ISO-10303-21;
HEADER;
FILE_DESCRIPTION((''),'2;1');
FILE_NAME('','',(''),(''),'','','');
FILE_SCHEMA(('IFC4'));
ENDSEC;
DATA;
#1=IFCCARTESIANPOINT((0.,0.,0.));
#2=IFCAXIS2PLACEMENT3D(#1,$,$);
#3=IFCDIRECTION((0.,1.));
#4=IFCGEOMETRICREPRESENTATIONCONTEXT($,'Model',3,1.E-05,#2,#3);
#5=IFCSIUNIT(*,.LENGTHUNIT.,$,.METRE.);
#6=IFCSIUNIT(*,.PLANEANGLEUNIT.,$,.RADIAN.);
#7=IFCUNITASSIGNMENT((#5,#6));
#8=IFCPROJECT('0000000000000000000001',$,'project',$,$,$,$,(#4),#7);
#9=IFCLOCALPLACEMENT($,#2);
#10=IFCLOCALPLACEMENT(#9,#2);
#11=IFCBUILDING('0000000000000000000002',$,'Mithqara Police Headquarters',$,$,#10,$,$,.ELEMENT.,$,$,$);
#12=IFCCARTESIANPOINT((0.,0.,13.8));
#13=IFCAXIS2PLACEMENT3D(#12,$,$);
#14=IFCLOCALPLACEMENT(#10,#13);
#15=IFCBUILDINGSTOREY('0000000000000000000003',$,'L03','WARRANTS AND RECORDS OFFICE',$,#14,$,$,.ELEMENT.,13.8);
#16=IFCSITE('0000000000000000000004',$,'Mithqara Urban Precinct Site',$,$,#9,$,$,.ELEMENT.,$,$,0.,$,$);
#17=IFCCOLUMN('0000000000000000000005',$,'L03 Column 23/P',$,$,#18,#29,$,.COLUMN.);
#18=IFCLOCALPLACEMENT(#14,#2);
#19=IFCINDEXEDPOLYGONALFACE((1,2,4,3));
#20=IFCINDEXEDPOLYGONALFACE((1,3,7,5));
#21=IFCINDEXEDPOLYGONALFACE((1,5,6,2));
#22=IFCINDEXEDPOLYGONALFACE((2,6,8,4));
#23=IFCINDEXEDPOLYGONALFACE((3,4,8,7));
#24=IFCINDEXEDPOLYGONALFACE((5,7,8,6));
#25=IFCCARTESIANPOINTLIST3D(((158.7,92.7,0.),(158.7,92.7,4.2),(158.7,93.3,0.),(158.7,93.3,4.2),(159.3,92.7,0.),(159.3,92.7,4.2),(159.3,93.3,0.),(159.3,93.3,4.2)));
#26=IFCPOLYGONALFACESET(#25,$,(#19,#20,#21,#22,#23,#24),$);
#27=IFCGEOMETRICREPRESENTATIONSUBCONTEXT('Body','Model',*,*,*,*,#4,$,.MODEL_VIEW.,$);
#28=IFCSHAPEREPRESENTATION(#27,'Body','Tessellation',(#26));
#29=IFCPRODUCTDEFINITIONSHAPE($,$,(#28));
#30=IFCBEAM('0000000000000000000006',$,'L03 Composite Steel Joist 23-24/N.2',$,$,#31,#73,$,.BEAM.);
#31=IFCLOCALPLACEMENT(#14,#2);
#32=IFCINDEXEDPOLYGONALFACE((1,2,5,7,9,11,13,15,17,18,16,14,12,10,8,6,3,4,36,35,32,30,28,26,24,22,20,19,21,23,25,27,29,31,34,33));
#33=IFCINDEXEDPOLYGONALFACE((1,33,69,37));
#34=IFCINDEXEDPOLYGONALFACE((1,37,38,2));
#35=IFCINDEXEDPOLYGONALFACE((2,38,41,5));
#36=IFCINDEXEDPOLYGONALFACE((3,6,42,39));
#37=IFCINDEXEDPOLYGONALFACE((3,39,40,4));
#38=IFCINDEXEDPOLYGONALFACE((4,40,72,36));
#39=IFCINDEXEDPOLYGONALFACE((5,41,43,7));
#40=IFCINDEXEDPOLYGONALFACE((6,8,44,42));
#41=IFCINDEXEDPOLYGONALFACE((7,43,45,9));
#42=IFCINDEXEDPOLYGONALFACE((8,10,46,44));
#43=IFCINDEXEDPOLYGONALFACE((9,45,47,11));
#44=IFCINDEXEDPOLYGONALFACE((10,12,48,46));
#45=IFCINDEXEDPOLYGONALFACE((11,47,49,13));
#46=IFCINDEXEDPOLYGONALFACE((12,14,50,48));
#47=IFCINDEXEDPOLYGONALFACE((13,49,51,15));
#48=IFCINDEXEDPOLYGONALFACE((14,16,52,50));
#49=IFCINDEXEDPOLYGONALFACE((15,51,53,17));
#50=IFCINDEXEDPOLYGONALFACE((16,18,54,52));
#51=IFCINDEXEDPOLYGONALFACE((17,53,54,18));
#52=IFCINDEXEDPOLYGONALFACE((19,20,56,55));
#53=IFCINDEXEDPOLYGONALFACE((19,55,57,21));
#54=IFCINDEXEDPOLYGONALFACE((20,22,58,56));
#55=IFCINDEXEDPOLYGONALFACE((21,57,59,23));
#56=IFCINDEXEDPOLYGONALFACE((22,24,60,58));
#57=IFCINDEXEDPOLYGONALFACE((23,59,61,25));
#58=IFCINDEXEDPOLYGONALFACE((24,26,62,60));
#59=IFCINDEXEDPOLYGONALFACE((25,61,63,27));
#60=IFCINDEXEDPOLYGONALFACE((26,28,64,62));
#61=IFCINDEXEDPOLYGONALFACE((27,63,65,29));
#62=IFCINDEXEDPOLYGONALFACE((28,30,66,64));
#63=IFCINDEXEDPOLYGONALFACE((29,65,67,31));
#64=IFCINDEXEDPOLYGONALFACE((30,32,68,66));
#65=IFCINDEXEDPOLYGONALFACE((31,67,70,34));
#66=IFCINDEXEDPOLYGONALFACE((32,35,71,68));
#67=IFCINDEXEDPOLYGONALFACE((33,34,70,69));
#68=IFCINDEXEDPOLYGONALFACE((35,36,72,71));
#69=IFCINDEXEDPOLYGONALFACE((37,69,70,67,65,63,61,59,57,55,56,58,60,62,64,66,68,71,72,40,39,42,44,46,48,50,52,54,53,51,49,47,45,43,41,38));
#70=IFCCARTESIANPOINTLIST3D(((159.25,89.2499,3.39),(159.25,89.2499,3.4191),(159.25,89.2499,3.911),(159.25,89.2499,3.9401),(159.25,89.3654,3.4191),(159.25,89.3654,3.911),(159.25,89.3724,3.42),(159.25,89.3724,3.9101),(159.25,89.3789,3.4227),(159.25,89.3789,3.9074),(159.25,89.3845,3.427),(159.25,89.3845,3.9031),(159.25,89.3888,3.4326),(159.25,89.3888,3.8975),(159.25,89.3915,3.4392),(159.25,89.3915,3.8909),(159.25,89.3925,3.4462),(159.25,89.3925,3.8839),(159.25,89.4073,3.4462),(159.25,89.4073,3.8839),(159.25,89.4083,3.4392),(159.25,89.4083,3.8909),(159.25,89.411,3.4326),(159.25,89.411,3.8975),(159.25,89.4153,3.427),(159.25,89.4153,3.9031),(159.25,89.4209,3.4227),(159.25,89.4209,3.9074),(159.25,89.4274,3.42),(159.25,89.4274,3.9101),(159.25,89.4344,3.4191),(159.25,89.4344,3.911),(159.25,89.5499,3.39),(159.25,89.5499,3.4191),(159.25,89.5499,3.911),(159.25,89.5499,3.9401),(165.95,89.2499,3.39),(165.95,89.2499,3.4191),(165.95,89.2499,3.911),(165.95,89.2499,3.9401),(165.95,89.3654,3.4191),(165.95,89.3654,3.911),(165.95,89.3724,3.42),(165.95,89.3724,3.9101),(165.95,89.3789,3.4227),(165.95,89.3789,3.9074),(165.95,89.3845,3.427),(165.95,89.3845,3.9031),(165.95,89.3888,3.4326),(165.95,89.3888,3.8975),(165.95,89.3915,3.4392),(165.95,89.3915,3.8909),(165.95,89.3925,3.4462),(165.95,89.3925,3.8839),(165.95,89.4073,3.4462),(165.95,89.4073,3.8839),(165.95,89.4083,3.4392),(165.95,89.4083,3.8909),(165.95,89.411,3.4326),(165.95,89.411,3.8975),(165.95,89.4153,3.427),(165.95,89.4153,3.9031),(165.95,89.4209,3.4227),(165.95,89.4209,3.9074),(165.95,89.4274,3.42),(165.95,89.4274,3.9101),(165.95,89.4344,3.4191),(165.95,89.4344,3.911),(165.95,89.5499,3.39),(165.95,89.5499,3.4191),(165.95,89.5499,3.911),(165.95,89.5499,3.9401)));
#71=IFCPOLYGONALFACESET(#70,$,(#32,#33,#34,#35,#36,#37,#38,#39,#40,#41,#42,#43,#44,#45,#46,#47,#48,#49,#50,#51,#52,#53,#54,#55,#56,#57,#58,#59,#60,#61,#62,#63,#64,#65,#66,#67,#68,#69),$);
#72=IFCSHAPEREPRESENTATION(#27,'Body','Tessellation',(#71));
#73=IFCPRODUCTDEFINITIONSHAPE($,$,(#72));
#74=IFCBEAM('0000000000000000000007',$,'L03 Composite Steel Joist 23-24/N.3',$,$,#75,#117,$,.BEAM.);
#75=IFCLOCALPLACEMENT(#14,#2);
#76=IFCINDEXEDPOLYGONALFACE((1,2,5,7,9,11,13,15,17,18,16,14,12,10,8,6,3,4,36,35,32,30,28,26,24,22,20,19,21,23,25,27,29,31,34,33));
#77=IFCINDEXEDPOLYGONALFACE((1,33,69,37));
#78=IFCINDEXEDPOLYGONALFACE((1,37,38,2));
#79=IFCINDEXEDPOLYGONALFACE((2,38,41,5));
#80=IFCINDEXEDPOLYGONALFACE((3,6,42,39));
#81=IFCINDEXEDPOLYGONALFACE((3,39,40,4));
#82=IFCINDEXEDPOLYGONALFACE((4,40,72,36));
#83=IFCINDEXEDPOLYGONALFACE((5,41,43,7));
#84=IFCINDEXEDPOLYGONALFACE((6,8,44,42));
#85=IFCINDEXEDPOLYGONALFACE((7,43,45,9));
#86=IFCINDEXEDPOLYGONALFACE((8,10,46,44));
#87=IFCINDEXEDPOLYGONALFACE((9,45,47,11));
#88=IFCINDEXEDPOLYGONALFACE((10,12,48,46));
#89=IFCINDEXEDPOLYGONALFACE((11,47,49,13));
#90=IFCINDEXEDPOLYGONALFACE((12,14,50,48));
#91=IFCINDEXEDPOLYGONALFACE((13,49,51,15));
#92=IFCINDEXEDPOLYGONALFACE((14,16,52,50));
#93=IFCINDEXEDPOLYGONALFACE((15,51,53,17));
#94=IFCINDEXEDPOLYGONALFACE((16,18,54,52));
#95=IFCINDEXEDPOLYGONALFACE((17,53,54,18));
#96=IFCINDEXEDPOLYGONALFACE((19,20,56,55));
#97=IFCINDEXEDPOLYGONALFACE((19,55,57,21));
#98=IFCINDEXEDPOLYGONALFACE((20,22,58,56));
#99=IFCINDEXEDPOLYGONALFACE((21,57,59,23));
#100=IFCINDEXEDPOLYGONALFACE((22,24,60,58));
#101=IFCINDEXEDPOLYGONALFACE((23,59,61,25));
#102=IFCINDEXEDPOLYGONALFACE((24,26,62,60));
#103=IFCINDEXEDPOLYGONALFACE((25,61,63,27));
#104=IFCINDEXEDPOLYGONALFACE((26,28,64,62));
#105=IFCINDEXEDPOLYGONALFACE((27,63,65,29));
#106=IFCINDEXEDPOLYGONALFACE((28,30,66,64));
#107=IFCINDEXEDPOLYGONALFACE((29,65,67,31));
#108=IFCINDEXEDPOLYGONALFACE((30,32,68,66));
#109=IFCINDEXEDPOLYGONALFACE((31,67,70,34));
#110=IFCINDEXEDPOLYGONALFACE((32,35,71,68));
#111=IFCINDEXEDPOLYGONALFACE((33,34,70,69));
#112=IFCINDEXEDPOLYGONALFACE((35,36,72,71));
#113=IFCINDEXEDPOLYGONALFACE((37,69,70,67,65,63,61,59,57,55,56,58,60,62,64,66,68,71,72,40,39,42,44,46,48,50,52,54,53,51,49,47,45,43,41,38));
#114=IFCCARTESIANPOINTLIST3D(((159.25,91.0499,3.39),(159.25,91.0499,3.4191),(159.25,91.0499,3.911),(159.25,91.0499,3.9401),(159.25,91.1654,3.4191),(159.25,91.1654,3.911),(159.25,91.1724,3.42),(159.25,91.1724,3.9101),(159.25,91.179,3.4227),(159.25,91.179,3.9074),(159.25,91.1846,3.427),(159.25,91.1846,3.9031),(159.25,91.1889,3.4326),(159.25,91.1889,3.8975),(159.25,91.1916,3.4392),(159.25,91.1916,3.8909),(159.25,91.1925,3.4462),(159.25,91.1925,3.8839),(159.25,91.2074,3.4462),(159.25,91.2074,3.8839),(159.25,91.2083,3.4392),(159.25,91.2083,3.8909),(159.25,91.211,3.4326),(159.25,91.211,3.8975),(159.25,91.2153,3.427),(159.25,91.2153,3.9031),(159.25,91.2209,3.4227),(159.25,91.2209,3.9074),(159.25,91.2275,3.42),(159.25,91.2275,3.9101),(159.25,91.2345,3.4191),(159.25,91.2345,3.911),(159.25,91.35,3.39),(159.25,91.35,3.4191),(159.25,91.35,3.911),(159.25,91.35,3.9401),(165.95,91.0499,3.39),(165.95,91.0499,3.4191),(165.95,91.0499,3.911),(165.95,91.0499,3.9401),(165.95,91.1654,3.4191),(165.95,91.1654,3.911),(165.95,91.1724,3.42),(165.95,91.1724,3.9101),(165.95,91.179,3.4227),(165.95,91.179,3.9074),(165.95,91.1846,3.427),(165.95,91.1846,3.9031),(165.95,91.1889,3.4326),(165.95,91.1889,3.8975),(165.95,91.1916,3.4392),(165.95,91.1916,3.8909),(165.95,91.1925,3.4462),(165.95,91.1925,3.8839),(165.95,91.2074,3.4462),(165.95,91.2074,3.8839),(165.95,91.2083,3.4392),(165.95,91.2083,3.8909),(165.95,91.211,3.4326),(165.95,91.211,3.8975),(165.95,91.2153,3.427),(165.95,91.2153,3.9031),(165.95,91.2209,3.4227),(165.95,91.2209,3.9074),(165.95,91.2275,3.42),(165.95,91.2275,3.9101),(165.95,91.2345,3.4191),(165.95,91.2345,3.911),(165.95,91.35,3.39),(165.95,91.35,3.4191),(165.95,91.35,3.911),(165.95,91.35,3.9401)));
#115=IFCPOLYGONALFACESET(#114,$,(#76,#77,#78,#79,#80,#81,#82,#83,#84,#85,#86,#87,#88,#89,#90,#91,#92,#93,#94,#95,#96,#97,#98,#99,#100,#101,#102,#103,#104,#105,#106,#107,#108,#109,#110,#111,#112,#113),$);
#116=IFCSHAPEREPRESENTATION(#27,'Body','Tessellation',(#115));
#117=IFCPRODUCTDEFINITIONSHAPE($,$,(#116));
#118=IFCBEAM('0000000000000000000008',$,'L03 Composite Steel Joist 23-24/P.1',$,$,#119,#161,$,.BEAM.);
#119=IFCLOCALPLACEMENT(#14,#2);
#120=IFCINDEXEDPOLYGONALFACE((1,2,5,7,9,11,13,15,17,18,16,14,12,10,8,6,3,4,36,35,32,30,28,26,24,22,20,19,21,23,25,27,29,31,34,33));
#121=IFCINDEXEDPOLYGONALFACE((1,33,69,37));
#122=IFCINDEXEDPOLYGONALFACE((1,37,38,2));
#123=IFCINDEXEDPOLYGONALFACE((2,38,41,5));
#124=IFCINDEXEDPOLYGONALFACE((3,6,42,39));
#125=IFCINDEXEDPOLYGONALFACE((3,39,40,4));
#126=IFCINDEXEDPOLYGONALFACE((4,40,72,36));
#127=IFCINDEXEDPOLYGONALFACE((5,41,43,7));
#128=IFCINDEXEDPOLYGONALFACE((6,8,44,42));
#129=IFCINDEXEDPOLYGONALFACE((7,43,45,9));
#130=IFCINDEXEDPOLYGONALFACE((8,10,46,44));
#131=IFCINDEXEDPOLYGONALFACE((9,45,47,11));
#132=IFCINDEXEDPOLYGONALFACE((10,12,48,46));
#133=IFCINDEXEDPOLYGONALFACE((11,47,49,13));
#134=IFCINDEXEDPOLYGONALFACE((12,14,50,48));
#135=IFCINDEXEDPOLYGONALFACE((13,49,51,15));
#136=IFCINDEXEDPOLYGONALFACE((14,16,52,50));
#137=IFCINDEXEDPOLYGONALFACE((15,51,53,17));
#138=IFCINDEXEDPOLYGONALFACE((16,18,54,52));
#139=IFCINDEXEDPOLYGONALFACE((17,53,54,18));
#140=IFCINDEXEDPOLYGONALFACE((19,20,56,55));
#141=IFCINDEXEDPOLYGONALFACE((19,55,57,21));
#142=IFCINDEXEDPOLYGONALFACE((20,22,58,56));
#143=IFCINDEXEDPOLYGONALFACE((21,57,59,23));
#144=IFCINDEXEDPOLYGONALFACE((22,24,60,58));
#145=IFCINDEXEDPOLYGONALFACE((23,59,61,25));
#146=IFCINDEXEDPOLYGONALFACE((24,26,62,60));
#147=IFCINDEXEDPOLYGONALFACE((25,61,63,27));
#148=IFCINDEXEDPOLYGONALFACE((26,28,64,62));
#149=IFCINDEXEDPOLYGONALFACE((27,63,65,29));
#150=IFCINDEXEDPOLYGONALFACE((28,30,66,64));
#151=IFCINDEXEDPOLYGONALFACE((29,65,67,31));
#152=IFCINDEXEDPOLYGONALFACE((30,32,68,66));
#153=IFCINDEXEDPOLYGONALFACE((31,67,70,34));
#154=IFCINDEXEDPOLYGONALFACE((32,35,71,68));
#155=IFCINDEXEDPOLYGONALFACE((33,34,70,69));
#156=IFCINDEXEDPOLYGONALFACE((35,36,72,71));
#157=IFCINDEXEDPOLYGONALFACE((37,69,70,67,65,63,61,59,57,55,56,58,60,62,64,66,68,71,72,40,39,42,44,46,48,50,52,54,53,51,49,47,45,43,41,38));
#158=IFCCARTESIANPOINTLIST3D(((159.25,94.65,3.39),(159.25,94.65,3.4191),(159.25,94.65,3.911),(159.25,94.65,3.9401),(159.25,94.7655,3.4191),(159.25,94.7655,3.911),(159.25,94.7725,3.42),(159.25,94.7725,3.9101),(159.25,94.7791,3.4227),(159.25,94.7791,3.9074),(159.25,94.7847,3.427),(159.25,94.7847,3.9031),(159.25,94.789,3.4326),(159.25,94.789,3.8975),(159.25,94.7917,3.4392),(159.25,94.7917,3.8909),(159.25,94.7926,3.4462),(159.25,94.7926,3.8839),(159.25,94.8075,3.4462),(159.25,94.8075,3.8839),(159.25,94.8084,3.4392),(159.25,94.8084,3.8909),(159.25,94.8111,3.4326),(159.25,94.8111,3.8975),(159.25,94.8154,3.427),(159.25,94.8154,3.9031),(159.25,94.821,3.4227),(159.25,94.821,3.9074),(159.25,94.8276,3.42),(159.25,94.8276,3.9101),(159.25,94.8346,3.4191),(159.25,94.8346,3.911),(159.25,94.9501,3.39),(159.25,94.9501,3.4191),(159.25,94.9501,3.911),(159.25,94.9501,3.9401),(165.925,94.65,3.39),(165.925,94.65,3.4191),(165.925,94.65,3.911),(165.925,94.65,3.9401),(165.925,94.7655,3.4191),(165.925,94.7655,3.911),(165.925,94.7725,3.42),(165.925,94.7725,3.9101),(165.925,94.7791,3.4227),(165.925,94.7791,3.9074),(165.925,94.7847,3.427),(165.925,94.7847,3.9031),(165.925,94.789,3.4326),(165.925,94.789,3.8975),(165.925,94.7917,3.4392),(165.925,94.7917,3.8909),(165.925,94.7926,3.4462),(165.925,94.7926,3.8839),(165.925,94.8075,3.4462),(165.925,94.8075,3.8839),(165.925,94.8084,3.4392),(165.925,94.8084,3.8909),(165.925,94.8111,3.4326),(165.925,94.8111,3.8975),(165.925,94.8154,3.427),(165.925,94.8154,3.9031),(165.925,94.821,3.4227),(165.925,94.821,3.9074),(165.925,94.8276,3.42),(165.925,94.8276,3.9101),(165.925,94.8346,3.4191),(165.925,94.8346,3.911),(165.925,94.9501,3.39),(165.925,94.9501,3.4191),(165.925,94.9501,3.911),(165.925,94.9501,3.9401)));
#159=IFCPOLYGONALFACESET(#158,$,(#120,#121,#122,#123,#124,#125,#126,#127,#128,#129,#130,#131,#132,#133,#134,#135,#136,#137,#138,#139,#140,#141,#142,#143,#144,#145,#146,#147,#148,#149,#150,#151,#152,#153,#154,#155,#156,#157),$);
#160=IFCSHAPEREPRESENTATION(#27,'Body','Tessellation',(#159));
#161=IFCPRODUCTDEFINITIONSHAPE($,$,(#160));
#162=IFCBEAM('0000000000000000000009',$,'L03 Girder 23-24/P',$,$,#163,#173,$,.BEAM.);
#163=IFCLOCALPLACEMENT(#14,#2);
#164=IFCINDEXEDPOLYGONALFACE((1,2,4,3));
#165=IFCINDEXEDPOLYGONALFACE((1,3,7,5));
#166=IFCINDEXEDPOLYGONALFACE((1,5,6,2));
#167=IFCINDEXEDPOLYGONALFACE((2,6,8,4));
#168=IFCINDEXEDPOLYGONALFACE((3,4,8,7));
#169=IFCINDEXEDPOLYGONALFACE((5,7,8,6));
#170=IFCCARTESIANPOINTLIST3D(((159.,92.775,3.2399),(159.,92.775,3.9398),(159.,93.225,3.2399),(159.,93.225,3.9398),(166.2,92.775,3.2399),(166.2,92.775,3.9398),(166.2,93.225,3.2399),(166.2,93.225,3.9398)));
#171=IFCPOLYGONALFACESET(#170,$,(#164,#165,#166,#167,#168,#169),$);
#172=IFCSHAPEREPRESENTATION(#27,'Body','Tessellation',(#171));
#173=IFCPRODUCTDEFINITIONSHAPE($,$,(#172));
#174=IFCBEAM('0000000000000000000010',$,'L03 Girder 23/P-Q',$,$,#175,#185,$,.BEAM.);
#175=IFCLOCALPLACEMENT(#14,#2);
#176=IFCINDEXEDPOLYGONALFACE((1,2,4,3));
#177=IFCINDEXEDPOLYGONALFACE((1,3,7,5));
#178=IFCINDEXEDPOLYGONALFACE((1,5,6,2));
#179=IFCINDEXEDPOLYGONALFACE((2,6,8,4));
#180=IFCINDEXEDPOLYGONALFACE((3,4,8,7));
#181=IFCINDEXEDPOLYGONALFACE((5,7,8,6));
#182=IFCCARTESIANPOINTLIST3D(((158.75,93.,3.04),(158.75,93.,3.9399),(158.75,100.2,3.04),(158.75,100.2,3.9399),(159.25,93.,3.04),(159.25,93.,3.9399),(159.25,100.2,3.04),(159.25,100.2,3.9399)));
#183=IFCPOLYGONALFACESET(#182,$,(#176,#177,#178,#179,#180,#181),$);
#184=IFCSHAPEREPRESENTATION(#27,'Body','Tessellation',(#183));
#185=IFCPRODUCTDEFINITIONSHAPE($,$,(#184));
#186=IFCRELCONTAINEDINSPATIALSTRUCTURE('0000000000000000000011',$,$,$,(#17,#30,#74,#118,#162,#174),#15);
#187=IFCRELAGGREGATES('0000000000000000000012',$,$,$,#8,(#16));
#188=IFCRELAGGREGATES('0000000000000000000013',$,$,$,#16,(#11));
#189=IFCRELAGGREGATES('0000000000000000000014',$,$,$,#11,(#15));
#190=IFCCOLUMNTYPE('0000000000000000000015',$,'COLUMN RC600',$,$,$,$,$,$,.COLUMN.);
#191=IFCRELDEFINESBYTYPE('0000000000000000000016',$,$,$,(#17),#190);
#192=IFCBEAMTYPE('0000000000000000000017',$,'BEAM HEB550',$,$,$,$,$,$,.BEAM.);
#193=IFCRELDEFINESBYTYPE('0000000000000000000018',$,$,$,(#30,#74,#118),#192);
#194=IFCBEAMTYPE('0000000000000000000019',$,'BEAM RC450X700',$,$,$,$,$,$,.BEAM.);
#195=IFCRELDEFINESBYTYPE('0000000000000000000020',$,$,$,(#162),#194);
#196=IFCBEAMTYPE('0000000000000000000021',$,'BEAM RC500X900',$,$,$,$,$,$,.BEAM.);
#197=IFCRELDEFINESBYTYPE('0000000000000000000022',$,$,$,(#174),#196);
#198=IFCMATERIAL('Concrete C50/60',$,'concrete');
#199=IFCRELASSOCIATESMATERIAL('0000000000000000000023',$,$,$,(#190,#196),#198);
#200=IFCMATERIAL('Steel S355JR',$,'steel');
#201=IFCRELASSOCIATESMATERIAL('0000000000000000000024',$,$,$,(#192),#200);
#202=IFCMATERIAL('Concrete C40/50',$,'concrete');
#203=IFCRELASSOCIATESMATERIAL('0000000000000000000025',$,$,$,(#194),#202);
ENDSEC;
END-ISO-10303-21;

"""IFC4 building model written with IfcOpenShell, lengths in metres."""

from ifc_helpers import new_model, si_unit, direction, frame, origin, origin_2d, place, context, subcontext, project, spatial, rectangle, i_section, extrude, material, material_profile, profile_set, type_object, element, save


model = new_model("IFC4")

# Units and contexts
model_context = context("Model", 3, precision=1e-05, world=origin(), true_north=direction((0.0, 1.0)))
body_context = subcontext(model_context, "Body", "Model", "MODEL_VIEW")
ifc_project = project(units=[si_unit("LENGTHUNIT", "METRE"), si_unit("PLANEANGLEUNIT", "RADIAN")], contexts=[model_context])

# Site, building, storey
site_placement = place(None, origin())
site = spatial("IfcSite", under=ifc_project, at=site_placement, Name="Mithqara Urban Precinct Site", CompositionType="ELEMENT", RefElevation=0.0)
building_placement = place(site_placement, origin())
building = spatial("IfcBuilding", under=site, at=building_placement, Name="Mithqara Police Headquarters", CompositionType="ELEMENT")
storey_placement = place(building_placement, frame((0.0, 0.0, 13.8)))
storey = spatial("IfcBuildingStorey", under=building, at=storey_placement, Name="L03", Description="WARRANTS AND RECORDS OFFICE", CompositionType="ELEMENT", Elevation=13.8)

# Column
ifc_material_1 = material(Name="Concrete C50/60", Category="concrete")
ifc_material_profile_1 = material_profile(ifc_material_1, rectangle(XDim=0.6001, YDim=0.6001, at=origin_2d()), Name="RC 600x600")
ifc_profile_set_1 = profile_set([ifc_material_profile_1], Name="Concrete C50/60")
column_type = type_object("IfcColumnType", Name="COLUMN RC600", PredefinedType="COLUMN", material=ifc_profile_set_1)
column_placement = place(storey_placement, frame((159.0, 93.0, 0.0), z_axis=(0.0, 0.0, 1.0), x_axis=(1.0, 0.0, 0.0)))
element("IfcColumn", 1, at=column_placement, inside=storey, type_object=column_type, Name="L03 Column 23/P", PredefinedType="COLUMN", context=body_context, shape_type="SweptSolid", body=[
    extrude(rectangle(XDim=0.6001, YDim=0.6001, at=origin_2d()), origin(), (0.0, 0.0, 1.0), 4.2),
])

# Beams
ifc_material_2 = material(Name="Steel S355JR", Category="steel")
ifc_material_profile_2 = material_profile(ifc_material_2, i_section(OverallWidth=0.3, OverallDepth=0.55, WebThickness=0.0149, FlangeThickness=0.0291, FilletRadius=0.0271, at=origin_2d()), Name="HEB 550")
ifc_profile_set_2 = profile_set([ifc_material_profile_2], Name="Steel S355JR")
beam_type_1 = type_object("IfcBeamType", Name="BEAM HEB550", PredefinedType="BEAM", material=ifc_profile_set_2)
for number, where, z_axis, x_axis, name in (
    (2, (159.25, 89.3999, 3.665), (1.0, 0.0, 0.0), (0.0, 1.0, 0.0), "L03 Composite Steel Joist 23-24/N.2"),
    (3, (159.25, 91.2, 3.665), (1.0, 0.0, 0.0), (0.0, 1.0, 0.0), "L03 Composite Steel Joist 23-24/N.3"),
):
    element("IfcBeam", number, at=place(storey_placement, frame(where, z_axis=z_axis, x_axis=x_axis)), inside=storey, type_object=beam_type_1, Name=name, PredefinedType="BEAM", context=body_context, shape_type="SweptSolid", body=[
        extrude(i_section(OverallWidth=0.3, OverallDepth=0.55, WebThickness=0.0149, FlangeThickness=0.0291, FilletRadius=0.0271, at=origin_2d()), origin(), (0.0, 0.0, 1.0), 6.7),
    ])
beam_1_placement = place(storey_placement, frame((159.25, 94.8, 3.665), z_axis=(1.0, 0.0, 0.0), x_axis=(0.0, 1.0, 0.0)))
element("IfcBeam", 4, at=beam_1_placement, inside=storey, type_object=beam_type_1, Name="L03 Composite Steel Joist 23-24/P.1", PredefinedType="BEAM", context=body_context, shape_type="SweptSolid", body=[
    extrude(i_section(OverallWidth=0.3, OverallDepth=0.55, WebThickness=0.0149, FlangeThickness=0.0291, FilletRadius=0.0271, at=origin_2d()), origin(), (0.0, 0.0, 1.0), 6.675),
])
ifc_material_3 = material(Name="Concrete C40/50", Category="concrete")
ifc_material_profile_3 = material_profile(ifc_material_3, rectangle(XDim=0.45, YDim=0.7, at=origin_2d()), Name="RC 450x700")
ifc_profile_set_3 = profile_set([ifc_material_profile_3], Name="Concrete C40/50")
beam_type_2 = type_object("IfcBeamType", Name="BEAM RC450X700", PredefinedType="BEAM", material=ifc_profile_set_3)
beam_2_placement = place(storey_placement, frame((159.0, 93.0, 3.5898), z_axis=(1.0, 0.0, 0.0), x_axis=(0.0, 1.0, 0.0)))
element("IfcBeam", 5, at=beam_2_placement, inside=storey, type_object=beam_type_2, Name="L03 Girder 23-24/P", PredefinedType="BEAM", context=body_context, shape_type="SweptSolid", body=[
    extrude(rectangle(XDim=0.45, YDim=0.7, at=origin_2d()), origin(), (0.0, 0.0, 1.0), 7.2),
])
ifc_material_profile_4 = material_profile(ifc_material_1, rectangle(XDim=0.5, YDim=0.8999, at=origin_2d()), Name="RC 500x900")
ifc_profile_set_4 = profile_set([ifc_material_profile_4], Name="Concrete C50/60")
beam_type_3 = type_object("IfcBeamType", Name="BEAM RC500X900", PredefinedType="BEAM", material=ifc_profile_set_4)
beam_3_placement = place(storey_placement, frame((159.0, 93.0, 3.49), z_axis=(0.0, 1.0, 0.0), x_axis=(-1.0, 0.0, 0.0)))
element("IfcBeam", 6, at=beam_3_placement, inside=storey, type_object=beam_type_3, Name="L03 Girder 23/P-Q", PredefinedType="BEAM", context=body_context, shape_type="SweptSolid", body=[
    extrude(rectangle(XDim=0.5, YDim=0.8999, at=origin_2d()), origin(), (0.0, 0.0, 1.0), 7.2),
])

save(model, "model.ifc")
